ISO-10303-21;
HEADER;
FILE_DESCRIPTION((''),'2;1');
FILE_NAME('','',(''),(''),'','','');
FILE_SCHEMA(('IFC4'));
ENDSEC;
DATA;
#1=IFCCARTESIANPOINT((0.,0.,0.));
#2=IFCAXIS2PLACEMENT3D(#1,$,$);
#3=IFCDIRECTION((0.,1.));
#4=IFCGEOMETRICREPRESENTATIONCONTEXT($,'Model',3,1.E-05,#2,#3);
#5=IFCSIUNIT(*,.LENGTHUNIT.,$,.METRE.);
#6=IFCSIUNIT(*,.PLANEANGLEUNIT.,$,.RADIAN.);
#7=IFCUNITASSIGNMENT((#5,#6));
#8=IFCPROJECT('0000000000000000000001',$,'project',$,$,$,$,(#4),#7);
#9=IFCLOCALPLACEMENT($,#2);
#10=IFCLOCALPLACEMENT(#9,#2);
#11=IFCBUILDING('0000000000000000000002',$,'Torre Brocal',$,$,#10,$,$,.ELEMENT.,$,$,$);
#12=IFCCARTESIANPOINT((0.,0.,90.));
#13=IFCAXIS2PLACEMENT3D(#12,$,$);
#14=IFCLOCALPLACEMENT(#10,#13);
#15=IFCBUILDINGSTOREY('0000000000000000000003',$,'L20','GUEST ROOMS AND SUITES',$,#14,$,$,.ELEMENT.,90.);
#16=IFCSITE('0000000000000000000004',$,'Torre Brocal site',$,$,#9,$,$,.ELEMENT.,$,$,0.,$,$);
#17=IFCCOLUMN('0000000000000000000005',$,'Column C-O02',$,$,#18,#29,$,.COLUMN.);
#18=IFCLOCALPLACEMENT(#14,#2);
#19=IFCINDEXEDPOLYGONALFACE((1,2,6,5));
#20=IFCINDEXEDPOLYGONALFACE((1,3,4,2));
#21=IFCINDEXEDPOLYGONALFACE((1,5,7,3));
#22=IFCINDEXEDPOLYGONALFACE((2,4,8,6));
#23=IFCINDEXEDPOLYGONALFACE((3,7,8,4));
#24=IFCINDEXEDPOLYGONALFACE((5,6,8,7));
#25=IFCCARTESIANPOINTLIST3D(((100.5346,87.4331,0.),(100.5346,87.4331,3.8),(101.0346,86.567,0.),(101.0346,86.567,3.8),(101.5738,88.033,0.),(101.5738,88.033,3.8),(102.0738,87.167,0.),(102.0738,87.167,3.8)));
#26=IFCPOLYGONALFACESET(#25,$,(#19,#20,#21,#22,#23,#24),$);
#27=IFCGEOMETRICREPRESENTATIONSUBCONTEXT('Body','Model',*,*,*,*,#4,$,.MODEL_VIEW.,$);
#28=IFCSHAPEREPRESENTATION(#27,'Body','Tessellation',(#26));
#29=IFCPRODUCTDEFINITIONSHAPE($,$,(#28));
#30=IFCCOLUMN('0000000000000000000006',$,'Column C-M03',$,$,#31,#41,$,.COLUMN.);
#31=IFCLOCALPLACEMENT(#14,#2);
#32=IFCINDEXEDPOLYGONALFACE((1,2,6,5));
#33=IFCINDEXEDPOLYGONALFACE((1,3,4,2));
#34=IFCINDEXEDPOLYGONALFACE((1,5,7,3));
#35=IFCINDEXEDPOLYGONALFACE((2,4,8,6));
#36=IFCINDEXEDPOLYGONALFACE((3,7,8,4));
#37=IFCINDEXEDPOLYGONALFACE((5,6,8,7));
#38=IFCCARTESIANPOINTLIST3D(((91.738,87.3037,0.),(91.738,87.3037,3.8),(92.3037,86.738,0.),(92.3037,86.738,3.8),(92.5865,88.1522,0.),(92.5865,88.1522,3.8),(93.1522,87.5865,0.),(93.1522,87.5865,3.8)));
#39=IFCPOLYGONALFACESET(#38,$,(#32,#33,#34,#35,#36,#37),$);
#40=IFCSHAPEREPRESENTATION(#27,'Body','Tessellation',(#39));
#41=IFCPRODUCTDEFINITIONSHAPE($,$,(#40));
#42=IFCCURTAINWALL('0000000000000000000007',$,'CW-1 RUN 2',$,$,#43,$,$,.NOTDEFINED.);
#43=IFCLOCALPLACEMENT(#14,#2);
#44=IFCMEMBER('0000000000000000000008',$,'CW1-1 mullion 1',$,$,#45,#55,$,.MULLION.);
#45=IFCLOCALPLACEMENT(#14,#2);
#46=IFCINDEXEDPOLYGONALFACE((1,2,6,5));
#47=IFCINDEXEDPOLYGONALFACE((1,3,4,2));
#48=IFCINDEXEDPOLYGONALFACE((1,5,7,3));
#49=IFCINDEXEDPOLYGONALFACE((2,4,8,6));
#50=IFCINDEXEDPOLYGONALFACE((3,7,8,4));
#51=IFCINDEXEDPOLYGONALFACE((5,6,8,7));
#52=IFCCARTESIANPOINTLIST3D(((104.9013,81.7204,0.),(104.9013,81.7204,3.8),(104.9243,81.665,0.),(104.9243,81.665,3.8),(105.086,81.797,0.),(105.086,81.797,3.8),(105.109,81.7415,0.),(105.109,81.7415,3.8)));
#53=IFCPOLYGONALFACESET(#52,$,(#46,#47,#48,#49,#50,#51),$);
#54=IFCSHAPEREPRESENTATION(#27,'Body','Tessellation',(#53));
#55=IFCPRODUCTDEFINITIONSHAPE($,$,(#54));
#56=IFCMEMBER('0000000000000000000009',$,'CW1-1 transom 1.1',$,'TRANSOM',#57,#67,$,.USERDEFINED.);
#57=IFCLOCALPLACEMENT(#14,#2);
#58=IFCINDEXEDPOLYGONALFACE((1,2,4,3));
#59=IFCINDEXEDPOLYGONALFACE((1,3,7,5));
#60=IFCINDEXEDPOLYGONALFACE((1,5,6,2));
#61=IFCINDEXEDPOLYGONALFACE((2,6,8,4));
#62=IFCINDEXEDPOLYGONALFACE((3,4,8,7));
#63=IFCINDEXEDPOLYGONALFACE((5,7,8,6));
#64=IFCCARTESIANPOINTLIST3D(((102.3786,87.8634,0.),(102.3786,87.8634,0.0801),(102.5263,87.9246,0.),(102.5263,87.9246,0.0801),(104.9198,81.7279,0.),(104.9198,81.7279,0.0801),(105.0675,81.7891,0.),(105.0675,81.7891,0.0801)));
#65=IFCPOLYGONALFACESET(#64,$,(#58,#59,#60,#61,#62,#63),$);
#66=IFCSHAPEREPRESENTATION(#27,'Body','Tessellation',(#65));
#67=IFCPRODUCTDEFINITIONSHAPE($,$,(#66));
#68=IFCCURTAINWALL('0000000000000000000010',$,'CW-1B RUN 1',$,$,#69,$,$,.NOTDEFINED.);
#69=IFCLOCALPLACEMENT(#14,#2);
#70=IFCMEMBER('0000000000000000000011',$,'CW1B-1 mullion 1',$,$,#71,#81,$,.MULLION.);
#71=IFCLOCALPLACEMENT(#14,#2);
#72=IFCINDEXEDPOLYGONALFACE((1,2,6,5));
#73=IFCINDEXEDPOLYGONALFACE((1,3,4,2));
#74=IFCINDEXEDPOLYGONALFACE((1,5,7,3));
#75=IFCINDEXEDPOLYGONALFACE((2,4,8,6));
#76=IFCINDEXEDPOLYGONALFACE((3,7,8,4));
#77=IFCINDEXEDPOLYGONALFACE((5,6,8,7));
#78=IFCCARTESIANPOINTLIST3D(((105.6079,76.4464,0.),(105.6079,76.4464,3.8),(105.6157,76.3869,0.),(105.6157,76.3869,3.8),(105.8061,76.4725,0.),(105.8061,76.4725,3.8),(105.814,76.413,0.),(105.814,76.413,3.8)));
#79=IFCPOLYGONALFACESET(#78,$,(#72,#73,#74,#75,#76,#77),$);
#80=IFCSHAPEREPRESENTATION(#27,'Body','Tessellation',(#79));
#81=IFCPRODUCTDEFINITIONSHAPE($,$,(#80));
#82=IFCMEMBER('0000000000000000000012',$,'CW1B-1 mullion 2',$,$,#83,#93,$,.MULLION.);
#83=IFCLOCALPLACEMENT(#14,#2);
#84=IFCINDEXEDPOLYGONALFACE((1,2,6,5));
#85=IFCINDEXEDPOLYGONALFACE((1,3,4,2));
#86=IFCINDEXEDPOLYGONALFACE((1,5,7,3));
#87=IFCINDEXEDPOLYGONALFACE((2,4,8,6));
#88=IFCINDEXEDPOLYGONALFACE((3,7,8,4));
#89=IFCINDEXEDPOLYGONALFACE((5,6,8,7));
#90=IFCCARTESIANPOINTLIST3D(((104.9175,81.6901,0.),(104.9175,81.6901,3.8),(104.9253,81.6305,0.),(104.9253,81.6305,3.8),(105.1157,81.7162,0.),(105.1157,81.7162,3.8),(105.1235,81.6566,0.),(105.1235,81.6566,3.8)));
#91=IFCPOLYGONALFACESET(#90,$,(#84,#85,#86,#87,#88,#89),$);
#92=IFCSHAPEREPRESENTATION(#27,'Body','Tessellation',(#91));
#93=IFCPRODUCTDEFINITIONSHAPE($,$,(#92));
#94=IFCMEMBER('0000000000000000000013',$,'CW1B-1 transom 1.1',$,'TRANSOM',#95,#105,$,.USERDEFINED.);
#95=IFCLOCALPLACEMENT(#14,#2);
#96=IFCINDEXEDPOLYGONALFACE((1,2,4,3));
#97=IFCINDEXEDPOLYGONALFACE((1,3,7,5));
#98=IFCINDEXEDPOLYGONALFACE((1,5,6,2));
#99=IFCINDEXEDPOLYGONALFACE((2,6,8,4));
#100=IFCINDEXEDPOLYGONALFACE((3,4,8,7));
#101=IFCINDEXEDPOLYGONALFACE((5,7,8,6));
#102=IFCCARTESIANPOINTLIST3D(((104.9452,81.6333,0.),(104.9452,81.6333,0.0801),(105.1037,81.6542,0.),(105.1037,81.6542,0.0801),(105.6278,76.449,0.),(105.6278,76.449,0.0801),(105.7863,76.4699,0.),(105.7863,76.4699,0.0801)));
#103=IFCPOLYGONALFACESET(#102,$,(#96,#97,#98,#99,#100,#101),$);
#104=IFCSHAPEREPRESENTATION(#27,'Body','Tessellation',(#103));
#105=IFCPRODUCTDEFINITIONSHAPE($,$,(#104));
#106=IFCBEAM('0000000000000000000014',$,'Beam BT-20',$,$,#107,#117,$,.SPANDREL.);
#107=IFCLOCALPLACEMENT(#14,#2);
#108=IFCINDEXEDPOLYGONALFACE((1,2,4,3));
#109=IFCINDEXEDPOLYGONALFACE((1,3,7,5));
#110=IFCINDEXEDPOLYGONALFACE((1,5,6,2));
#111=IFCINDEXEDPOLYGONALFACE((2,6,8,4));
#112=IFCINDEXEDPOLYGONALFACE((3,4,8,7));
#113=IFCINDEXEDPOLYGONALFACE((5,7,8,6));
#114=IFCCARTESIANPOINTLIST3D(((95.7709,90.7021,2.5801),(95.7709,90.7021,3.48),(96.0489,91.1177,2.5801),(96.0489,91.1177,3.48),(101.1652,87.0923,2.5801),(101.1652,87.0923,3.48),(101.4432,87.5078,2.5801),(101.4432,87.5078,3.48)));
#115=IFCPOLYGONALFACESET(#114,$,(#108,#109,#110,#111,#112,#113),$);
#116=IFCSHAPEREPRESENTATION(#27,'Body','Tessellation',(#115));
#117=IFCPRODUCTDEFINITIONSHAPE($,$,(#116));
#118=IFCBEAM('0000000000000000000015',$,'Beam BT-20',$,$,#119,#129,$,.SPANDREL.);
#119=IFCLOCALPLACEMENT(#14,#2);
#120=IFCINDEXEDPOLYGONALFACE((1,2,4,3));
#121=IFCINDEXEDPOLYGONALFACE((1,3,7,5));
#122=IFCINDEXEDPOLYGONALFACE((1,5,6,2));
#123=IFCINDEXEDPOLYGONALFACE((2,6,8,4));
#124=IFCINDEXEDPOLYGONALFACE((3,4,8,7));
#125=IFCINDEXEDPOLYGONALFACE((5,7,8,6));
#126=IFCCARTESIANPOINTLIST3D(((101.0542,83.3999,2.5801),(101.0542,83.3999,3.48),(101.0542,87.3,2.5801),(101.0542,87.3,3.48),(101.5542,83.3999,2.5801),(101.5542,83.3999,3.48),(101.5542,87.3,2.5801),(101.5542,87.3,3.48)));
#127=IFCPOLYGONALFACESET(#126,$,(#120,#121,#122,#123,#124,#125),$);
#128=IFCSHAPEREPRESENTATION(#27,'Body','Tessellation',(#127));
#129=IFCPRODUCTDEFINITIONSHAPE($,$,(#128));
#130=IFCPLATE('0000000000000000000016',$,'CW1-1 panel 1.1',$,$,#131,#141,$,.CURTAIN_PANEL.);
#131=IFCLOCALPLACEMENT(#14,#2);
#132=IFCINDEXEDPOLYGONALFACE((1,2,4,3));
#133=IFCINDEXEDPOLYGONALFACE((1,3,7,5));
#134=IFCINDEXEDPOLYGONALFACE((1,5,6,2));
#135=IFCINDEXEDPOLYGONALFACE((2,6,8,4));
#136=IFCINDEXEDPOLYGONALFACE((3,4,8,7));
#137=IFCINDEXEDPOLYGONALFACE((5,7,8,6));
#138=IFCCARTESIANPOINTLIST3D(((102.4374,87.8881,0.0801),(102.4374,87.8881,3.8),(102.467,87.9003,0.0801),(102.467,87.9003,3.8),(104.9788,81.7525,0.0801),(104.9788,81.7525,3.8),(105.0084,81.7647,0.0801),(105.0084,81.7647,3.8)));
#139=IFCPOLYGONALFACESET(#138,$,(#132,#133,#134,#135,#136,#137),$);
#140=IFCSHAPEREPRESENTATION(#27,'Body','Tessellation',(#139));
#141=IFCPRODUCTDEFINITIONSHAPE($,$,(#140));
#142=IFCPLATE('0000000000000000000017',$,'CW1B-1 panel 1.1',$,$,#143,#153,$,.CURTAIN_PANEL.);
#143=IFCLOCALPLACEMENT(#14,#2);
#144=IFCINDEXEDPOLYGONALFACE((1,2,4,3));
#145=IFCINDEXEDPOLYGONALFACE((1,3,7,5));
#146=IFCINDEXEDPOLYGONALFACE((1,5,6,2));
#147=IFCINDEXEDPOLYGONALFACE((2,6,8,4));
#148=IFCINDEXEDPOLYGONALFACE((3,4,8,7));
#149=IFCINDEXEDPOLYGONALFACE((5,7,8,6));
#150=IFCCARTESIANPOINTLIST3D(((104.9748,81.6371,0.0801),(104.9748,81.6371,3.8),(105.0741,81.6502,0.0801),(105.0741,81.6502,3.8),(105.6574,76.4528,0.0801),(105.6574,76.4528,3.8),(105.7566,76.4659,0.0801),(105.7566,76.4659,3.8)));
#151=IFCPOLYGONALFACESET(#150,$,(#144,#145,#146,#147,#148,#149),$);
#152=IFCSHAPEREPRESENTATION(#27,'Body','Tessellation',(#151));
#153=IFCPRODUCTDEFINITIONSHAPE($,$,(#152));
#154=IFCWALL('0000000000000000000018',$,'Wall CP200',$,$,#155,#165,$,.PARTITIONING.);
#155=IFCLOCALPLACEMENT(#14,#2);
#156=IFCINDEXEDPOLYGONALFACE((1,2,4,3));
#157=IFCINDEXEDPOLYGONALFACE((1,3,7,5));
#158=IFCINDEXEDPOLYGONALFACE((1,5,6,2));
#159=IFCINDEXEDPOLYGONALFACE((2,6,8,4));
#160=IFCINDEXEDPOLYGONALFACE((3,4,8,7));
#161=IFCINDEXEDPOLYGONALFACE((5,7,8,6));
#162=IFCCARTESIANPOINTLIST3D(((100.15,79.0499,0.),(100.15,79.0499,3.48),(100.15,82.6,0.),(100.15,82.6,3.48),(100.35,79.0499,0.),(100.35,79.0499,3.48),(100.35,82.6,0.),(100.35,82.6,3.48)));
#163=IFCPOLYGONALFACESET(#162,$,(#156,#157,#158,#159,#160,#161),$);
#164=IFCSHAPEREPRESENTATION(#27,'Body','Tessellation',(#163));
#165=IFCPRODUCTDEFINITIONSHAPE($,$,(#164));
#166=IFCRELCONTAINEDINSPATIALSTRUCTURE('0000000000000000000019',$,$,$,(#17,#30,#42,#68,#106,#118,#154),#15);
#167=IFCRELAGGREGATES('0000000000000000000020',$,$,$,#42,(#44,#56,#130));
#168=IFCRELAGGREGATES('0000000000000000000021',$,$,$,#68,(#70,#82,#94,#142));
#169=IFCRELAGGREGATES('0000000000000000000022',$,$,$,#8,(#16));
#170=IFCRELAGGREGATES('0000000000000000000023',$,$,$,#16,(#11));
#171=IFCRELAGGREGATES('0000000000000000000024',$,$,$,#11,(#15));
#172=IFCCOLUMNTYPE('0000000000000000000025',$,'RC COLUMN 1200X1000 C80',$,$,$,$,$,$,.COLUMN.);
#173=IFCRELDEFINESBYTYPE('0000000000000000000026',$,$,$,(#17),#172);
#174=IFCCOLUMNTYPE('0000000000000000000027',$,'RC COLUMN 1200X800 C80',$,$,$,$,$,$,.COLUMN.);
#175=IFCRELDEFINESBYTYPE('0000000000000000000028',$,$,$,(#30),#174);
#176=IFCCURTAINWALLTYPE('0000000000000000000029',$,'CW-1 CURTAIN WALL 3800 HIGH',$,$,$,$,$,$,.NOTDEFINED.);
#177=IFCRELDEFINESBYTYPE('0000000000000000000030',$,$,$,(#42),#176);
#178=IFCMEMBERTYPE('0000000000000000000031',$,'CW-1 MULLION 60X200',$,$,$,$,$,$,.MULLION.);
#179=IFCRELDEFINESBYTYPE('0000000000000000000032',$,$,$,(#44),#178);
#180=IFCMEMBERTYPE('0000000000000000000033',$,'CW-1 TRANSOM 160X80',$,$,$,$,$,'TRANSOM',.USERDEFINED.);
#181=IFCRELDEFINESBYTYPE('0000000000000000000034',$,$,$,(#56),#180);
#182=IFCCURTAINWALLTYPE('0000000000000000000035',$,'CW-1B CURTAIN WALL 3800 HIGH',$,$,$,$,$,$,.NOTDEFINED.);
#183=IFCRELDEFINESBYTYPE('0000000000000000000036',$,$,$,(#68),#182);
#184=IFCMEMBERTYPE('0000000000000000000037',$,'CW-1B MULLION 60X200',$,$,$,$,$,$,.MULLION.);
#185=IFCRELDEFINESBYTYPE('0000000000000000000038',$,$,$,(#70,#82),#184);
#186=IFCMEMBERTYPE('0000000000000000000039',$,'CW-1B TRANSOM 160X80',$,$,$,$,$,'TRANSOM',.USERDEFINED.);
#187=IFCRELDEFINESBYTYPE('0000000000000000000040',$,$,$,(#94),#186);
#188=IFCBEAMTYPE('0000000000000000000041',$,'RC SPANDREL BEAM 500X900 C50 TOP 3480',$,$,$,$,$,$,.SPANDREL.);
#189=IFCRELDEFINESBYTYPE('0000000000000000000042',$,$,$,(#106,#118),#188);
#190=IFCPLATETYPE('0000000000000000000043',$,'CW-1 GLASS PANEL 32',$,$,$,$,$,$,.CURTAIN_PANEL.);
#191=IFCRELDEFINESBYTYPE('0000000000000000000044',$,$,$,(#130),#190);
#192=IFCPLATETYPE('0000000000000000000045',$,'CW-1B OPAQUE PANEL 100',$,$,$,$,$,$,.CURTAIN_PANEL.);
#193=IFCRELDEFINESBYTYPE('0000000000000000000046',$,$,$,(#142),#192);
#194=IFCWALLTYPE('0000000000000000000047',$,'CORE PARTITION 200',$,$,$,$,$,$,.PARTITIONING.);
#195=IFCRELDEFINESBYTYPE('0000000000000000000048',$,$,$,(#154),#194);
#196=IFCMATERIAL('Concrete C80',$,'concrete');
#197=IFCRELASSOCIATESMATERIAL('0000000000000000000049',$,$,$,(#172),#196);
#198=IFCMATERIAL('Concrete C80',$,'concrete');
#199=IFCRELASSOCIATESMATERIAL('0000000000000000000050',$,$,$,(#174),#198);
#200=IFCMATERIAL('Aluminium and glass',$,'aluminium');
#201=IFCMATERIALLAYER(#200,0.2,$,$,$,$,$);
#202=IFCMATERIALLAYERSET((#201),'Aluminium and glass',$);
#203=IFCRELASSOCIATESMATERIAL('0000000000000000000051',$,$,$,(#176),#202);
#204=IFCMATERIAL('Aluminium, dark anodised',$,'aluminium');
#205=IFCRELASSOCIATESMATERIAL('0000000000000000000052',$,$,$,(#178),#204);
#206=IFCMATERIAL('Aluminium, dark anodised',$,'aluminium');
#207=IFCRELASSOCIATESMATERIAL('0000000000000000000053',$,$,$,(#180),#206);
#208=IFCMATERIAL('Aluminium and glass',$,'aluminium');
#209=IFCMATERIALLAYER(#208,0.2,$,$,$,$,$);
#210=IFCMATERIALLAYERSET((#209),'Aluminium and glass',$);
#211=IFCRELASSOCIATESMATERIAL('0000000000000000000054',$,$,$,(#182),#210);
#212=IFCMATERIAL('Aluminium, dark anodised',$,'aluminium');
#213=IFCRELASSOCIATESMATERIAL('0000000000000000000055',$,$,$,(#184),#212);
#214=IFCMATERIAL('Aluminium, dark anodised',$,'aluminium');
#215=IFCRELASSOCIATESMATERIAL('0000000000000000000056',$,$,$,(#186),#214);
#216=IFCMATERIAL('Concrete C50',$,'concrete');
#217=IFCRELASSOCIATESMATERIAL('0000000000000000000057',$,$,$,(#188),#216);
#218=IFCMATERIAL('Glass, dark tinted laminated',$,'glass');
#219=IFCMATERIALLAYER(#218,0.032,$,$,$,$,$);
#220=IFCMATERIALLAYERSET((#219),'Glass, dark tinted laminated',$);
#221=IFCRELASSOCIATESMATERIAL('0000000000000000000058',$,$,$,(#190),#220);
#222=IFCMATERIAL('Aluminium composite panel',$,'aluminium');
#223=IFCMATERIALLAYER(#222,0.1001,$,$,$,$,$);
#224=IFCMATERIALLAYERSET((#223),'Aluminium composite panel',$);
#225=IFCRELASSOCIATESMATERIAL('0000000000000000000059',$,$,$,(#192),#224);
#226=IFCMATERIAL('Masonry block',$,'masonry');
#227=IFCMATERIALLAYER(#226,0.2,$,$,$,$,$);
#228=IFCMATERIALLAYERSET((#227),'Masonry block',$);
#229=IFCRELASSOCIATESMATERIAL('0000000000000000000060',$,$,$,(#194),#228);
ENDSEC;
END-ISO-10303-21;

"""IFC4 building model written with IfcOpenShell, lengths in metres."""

from ifc_helpers import new_model, si_unit, direction, frame, frame_2d, origin, origin_2d, place, context, subcontext, project, spatial, rectangle, extrude, material, layer, layer_set, material_profile, profile_set, type_object, element, aggregate, save


model = new_model("IFC4")

# Units and contexts
model_context = context("Model", 3, precision=1e-05, world=origin(), true_north=direction((0.0, 1.0)))
body_context = subcontext(model_context, "Body", "Model", "MODEL_VIEW")
ifc_project = project(units=[si_unit("LENGTHUNIT", "METRE"), si_unit("PLANEANGLEUNIT", "RADIAN")], contexts=[model_context])

# Site, building, storey
site_placement = place(None, origin())
site = spatial("IfcSite", under=ifc_project, at=site_placement, Name="Torre Brocal site", CompositionType="ELEMENT", RefElevation=0.0)
building_placement = place(site_placement, origin())
building = spatial("IfcBuilding", under=site, at=building_placement, Name="Torre Brocal", CompositionType="ELEMENT")
storey_placement = place(building_placement, frame((0.0, 0.0, 90.0)))
storey = spatial("IfcBuildingStorey", under=building, at=storey_placement, Name="L20", Description="GUEST ROOMS AND SUITES", CompositionType="ELEMENT", Elevation=90.0)

# Columns
ifc_material_1 = material(Name="Concrete C80", Category="concrete")
ifc_material_profile_1 = material_profile(ifc_material_1, rectangle(XDim=1.2, YDim=1.0, at=origin_2d()), Name="RC 1200X1000")
ifc_profile_set_1 = profile_set([ifc_material_profile_1], Name="Concrete C80")
column_type_1 = type_object("IfcColumnType", Name="RC COLUMN 1200X1000 C80", PredefinedType="COLUMN", material=ifc_profile_set_1)
column_1_placement = place(storey_placement, frame((101.3042, 87.3, 0.0), z_axis=(0.0, 0.0, 1.0), x_axis=(0.866025, 0.5, 0.0)))
element("IfcColumn", 1, at=column_1_placement, inside=storey, type_object=column_type_1, Name="Column C-O02", PredefinedType="COLUMN", context=body_context, shape_type="SweptSolid", body=[
    extrude(rectangle(XDim=1.2, YDim=1.0, at=origin_2d()), origin(), (0.0, 0.0, 1.0), 3.8),
])
ifc_material_2 = material(Name="Concrete C80", Category="concrete")
ifc_material_profile_2 = material_profile(ifc_material_2, rectangle(XDim=1.2, YDim=0.8, at=origin_2d()), Name="RC 1200X800")
ifc_profile_set_2 = profile_set([ifc_material_profile_2], Name="Concrete C80")
column_type_2 = type_object("IfcColumnType", Name="RC COLUMN 1200X800 C80", PredefinedType="COLUMN", material=ifc_profile_set_2)
column_2_placement = place(storey_placement, frame((92.4451, 87.4451, 0.0), z_axis=(0.0, 0.0, 1.0), x_axis=(0.707107, 0.707107, 0.0)))
element("IfcColumn", 2, at=column_2_placement, inside=storey, type_object=column_type_2, Name="Column C-M03", PredefinedType="COLUMN", context=body_context, shape_type="SweptSolid", body=[
    extrude(rectangle(XDim=1.2, YDim=0.8, at=origin_2d()), origin(), (0.0, 0.0, 1.0), 3.8),
])

# Curtain walls, members
ifc_material_3 = material(Name="Aluminium and glass", Category="aluminium")
ifc_layer_1 = layer(ifc_material_3, 0.2)
ifc_layer_set_1 = layer_set([ifc_layer_1], Name="Aluminium and glass")
curtain_wall_type_1 = type_object("IfcCurtainWallType", Name="CW-1 CURTAIN WALL 3800 HIGH", PredefinedType="NOTDEFINED", material=ifc_layer_set_1)
curtain_wall_1_placement = place(storey_placement, origin())
curtain_wall_1 = element("IfcCurtainWall", 3, at=curtain_wall_1_placement, inside=storey, type_object=curtain_wall_type_1, Name="CW-1 RUN 2", PredefinedType="NOTDEFINED")
ifc_material_4 = material(Name="Aluminium, dark anodised", Category="aluminium")
ifc_material_profile_3 = material_profile(ifc_material_4, rectangle(XDim=0.2, YDim=0.0601, at=origin_2d()), Name="CW-1 MULLION 60X200")
ifc_profile_set_3 = profile_set([ifc_material_profile_3], Name="Aluminium, dark anodised")
member_type_1 = type_object("IfcMemberType", Name="CW-1 MULLION 60X200", PredefinedType="MULLION", material=ifc_profile_set_3)
member_1_placement = place(storey_placement, frame((105.0051, 81.731, 0.0), z_axis=(0.0, 0.0, 1.0), x_axis=(-0.92388, -0.382683, 0.0)))
member_1 = element("IfcMember", 4, at=member_1_placement, type_object=member_type_1, Name="CW1-1 mullion 1", PredefinedType="MULLION", context=body_context, shape_type="SweptSolid", body=[
    extrude(rectangle(XDim=0.2, YDim=0.0601, at=origin_2d()), origin(), (0.0, 0.0, 1.0), 3.8),
])
ifc_material_5 = material(Name="Aluminium, dark anodised", Category="aluminium")
ifc_material_profile_4 = material_profile(ifc_material_5, rectangle(XDim=0.1599, YDim=0.0801, at=origin_2d()), Name="CW-1 TRANSOM 160X80")
ifc_profile_set_4 = profile_set([ifc_material_profile_4], Name="Aluminium, dark anodised")
member_type_2 = type_object("IfcMemberType", Name="CW-1 TRANSOM 160X80", ElementType="TRANSOM", PredefinedType="USERDEFINED", material=ifc_profile_set_4)
member_2_placement = place(storey_placement, frame((104.9937, 81.7585, 0.04), z_axis=(-0.382665, 0.923887, 0.0), x_axis=(-0.923887, -0.382665, 0.0)))
member_2 = element("IfcMember", 5, at=member_2_placement, type_object=member_type_2, Name="CW1-1 transom 1.1", ObjectType="TRANSOM", PredefinedType="USERDEFINED", context=body_context, shape_type="SweptSolid", body=[
    extrude(rectangle(XDim=0.1599, YDim=0.0801, at=origin_2d()), origin(), (0.0, 0.0, 1.0), 6.6409),
])
ifc_material_6 = material(Name="Aluminium and glass", Category="aluminium")
ifc_layer_2 = layer(ifc_material_6, 0.2)
ifc_layer_set_2 = layer_set([ifc_layer_2], Name="Aluminium and glass")
curtain_wall_type_2 = type_object("IfcCurtainWallType", Name="CW-1B CURTAIN WALL 3800 HIGH", PredefinedType="NOTDEFINED", material=ifc_layer_set_2)
curtain_wall_2_placement = place(storey_placement, origin())
curtain_wall_2 = element("IfcCurtainWall", 6, at=curtain_wall_2_placement, inside=storey, type_object=curtain_wall_type_2, Name="CW-1B RUN 1", PredefinedType="NOTDEFINED")
ifc_material_7 = material(Name="Aluminium, dark anodised", Category="aluminium")
ifc_material_profile_5 = material_profile(ifc_material_7, rectangle(XDim=0.2, YDim=0.0601, at=origin_2d()), Name="CW-1B MULLION 60X200")
ifc_profile_set_5 = profile_set([ifc_material_profile_5], Name="Aluminium, dark anodised")
member_type_3 = type_object("IfcMemberType", Name="CW-1B MULLION 60X200", PredefinedType="MULLION", material=ifc_profile_set_5)
member_3_placement = place(storey_placement, frame((105.7109, 76.4297, 0.0), z_axis=(0.0, 0.0, 1.0), x_axis=(-0.991445, -0.130526, 0.0)))
member_3 = element("IfcMember", 7, at=member_3_placement, type_object=member_type_3, Name="CW1B-1 mullion 1", PredefinedType="MULLION", context=body_context, shape_type="SweptSolid", body=[
    extrude(rectangle(XDim=0.2, YDim=0.0601, at=origin_2d()), origin(), (0.0, 0.0, 1.0), 3.8),
])
member_4_placement = place(storey_placement, frame((105.0205, 81.6733, 0.0), z_axis=(0.0, 0.0, 1.0), x_axis=(-0.991445, -0.130526, 0.0)))
member_4 = element("IfcMember", 8, at=member_4_placement, type_object=member_type_3, Name="CW1B-1 mullion 2", PredefinedType="MULLION", context=body_context, shape_type="SweptSolid", body=[
    extrude(rectangle(XDim=0.2, YDim=0.0601, at=origin_2d()), origin(), (0.0, 0.0, 1.0), 3.8),
])
ifc_material_8 = material(Name="Aluminium, dark anodised", Category="aluminium")
ifc_material_profile_6 = material_profile(ifc_material_8, rectangle(XDim=0.1599, YDim=0.0801, at=origin_2d()), Name="CW-1B TRANSOM 160X80")
ifc_profile_set_6 = profile_set([ifc_material_profile_6], Name="Aluminium, dark anodised")
member_type_4 = type_object("IfcMemberType", Name="CW-1B TRANSOM 160X80", ElementType="TRANSOM", PredefinedType="USERDEFINED", material=ifc_profile_set_6)
member_5_placement = place(storey_placement, frame((105.707, 76.4595, 0.04), z_axis=(-0.130543, 0.991443, 0.0), x_axis=(-0.991443, -0.130543, 0.0)))
member_5 = element("IfcMember", 9, at=member_5_placement, type_object=member_type_4, Name="CW1B-1 transom 1.1", ObjectType="TRANSOM", PredefinedType="USERDEFINED", context=body_context, shape_type="SweptSolid", body=[
    extrude(rectangle(XDim=0.1599, YDim=0.0801, at=origin_2d()), origin(), (0.0, 0.0, 1.0), 5.229),
])

# Beams
ifc_material_9 = material(Name="Concrete C50", Category="concrete")
ifc_material_profile_7 = material_profile(ifc_material_9, rectangle(XDim=0.5, YDim=0.8999, at=origin_2d()), Name="RC 500X900")
ifc_profile_set_7 = profile_set([ifc_material_profile_7], Name="Concrete C50")
beam_type = type_object("IfcBeamType", Name="RC SPANDREL BEAM 500X900 C50 TOP 3480", PredefinedType="SPANDREL", material=ifc_profile_set_7)
beam_1_placement = place(storey_placement, frame((101.3042, 87.3, 3.03), z_axis=(-0.831077, 0.556158, 0.0), x_axis=(-0.556158, -0.831077, 0.0)))
element("IfcBeam", 10, at=beam_1_placement, inside=storey, type_object=beam_type, Name="Beam BT-20", PredefinedType="SPANDREL", context=body_context, shape_type="SweptSolid", body=[
    extrude(rectangle(XDim=0.5, YDim=0.8999, at=origin_2d()), origin(), (0.0, 0.0, 1.0), 6.4907),
])
beam_2_placement = place(storey_placement, frame((101.3042, 87.3, 3.03), z_axis=(0.0, -1.0, 0.0), x_axis=(1.0, 0.0, 0.0)))
element("IfcBeam", 11, at=beam_2_placement, inside=storey, type_object=beam_type, Name="Beam BT-20", PredefinedType="SPANDREL", context=body_context, shape_type="SweptSolid", body=[
    extrude(rectangle(XDim=0.5, YDim=0.8999, at=origin_2d()), origin(), (0.0, 0.0, 1.0), 3.9001),
])

# Plates
ifc_material_10 = material(Name="Glass, dark tinted laminated", Category="glass")
ifc_layer_3 = layer(ifc_material_10, 0.032)
ifc_layer_set_3 = layer_set([ifc_layer_3], Name="Glass, dark tinted laminated")
plate_type_1 = type_object("IfcPlateType", Name="CW-1 GLASS PANEL 32", PredefinedType="CURTAIN_PANEL", material=ifc_layer_set_3)
plate_1_placement = place(storey_placement, frame((103.7229, 84.8264, 0.0801), z_axis=(0.0, 0.0, 1.0), x_axis=(-0.382683, 0.92388, 0.0)))
plate_1 = element("IfcPlate", 12, at=plate_1_placement, type_object=plate_type_1, Name="CW1-1 panel 1.1", PredefinedType="CURTAIN_PANEL", context=body_context, shape_type="SweptSolid", body=[
    extrude(rectangle(XDim=6.6411, YDim=0.032, at=origin_2d()), origin(), (0.0, 0.0, 1.0), 3.72),
])
aggregate(curtain_wall_1, [member_1, member_2, plate_1])
ifc_material_11 = material(Name="Aluminium composite panel", Category="aluminium")
ifc_layer_4 = layer(ifc_material_11, 0.1001)
ifc_layer_set_4 = layer_set([ifc_layer_4], Name="Aluminium composite panel")
plate_type_2 = type_object("IfcPlateType", Name="CW-1B OPAQUE PANEL 100", PredefinedType="CURTAIN_PANEL", material=ifc_layer_set_4)
plate_2_placement = place(storey_placement, frame((105.3657, 79.0515, 0.0801), z_axis=(0.0, 0.0, 1.0), x_axis=(-0.130526, 0.991445, 0.0)))
plate_2 = element("IfcPlate", 13, at=plate_2_placement, type_object=plate_type_2, Name="CW1B-1 panel 1.1", PredefinedType="CURTAIN_PANEL", context=body_context, shape_type="SweptSolid", body=[
    extrude(rectangle(XDim=5.229, YDim=0.1001, at=origin_2d()), origin(), (0.0, 0.0, 1.0), 3.72),
])
aggregate(curtain_wall_2, [member_3, member_4, member_5, plate_2])

# Wall
ifc_material_12 = material(Name="Masonry block", Category="masonry")
ifc_layer_5 = layer(ifc_material_12, 0.2)
ifc_layer_set_5 = layer_set([ifc_layer_5], Name="Masonry block")
wall_type_1 = type_object("IfcWallType", Name="CORE PARTITION 200", PredefinedType="PARTITIONING", material=ifc_layer_set_5)
wall_1_placement = place(storey_placement, frame((100.25, 79.05, 0.0), z_axis=(0.0, 0.0, 1.0), x_axis=(0.0, 1.0, 0.0)))
element("IfcWall", 14, at=wall_1_placement, inside=storey, type_object=wall_type_1, Name="Wall CP200", PredefinedType="PARTITIONING", context=body_context, shape_type="SweptSolid", body=[
    extrude(rectangle(XDim=3.55, YDim=0.2, at=frame_2d((1.7749, 0.0))), origin(), (0.0, 0.0, 1.0), 3.48),
])

save(model, "model.ifc")
